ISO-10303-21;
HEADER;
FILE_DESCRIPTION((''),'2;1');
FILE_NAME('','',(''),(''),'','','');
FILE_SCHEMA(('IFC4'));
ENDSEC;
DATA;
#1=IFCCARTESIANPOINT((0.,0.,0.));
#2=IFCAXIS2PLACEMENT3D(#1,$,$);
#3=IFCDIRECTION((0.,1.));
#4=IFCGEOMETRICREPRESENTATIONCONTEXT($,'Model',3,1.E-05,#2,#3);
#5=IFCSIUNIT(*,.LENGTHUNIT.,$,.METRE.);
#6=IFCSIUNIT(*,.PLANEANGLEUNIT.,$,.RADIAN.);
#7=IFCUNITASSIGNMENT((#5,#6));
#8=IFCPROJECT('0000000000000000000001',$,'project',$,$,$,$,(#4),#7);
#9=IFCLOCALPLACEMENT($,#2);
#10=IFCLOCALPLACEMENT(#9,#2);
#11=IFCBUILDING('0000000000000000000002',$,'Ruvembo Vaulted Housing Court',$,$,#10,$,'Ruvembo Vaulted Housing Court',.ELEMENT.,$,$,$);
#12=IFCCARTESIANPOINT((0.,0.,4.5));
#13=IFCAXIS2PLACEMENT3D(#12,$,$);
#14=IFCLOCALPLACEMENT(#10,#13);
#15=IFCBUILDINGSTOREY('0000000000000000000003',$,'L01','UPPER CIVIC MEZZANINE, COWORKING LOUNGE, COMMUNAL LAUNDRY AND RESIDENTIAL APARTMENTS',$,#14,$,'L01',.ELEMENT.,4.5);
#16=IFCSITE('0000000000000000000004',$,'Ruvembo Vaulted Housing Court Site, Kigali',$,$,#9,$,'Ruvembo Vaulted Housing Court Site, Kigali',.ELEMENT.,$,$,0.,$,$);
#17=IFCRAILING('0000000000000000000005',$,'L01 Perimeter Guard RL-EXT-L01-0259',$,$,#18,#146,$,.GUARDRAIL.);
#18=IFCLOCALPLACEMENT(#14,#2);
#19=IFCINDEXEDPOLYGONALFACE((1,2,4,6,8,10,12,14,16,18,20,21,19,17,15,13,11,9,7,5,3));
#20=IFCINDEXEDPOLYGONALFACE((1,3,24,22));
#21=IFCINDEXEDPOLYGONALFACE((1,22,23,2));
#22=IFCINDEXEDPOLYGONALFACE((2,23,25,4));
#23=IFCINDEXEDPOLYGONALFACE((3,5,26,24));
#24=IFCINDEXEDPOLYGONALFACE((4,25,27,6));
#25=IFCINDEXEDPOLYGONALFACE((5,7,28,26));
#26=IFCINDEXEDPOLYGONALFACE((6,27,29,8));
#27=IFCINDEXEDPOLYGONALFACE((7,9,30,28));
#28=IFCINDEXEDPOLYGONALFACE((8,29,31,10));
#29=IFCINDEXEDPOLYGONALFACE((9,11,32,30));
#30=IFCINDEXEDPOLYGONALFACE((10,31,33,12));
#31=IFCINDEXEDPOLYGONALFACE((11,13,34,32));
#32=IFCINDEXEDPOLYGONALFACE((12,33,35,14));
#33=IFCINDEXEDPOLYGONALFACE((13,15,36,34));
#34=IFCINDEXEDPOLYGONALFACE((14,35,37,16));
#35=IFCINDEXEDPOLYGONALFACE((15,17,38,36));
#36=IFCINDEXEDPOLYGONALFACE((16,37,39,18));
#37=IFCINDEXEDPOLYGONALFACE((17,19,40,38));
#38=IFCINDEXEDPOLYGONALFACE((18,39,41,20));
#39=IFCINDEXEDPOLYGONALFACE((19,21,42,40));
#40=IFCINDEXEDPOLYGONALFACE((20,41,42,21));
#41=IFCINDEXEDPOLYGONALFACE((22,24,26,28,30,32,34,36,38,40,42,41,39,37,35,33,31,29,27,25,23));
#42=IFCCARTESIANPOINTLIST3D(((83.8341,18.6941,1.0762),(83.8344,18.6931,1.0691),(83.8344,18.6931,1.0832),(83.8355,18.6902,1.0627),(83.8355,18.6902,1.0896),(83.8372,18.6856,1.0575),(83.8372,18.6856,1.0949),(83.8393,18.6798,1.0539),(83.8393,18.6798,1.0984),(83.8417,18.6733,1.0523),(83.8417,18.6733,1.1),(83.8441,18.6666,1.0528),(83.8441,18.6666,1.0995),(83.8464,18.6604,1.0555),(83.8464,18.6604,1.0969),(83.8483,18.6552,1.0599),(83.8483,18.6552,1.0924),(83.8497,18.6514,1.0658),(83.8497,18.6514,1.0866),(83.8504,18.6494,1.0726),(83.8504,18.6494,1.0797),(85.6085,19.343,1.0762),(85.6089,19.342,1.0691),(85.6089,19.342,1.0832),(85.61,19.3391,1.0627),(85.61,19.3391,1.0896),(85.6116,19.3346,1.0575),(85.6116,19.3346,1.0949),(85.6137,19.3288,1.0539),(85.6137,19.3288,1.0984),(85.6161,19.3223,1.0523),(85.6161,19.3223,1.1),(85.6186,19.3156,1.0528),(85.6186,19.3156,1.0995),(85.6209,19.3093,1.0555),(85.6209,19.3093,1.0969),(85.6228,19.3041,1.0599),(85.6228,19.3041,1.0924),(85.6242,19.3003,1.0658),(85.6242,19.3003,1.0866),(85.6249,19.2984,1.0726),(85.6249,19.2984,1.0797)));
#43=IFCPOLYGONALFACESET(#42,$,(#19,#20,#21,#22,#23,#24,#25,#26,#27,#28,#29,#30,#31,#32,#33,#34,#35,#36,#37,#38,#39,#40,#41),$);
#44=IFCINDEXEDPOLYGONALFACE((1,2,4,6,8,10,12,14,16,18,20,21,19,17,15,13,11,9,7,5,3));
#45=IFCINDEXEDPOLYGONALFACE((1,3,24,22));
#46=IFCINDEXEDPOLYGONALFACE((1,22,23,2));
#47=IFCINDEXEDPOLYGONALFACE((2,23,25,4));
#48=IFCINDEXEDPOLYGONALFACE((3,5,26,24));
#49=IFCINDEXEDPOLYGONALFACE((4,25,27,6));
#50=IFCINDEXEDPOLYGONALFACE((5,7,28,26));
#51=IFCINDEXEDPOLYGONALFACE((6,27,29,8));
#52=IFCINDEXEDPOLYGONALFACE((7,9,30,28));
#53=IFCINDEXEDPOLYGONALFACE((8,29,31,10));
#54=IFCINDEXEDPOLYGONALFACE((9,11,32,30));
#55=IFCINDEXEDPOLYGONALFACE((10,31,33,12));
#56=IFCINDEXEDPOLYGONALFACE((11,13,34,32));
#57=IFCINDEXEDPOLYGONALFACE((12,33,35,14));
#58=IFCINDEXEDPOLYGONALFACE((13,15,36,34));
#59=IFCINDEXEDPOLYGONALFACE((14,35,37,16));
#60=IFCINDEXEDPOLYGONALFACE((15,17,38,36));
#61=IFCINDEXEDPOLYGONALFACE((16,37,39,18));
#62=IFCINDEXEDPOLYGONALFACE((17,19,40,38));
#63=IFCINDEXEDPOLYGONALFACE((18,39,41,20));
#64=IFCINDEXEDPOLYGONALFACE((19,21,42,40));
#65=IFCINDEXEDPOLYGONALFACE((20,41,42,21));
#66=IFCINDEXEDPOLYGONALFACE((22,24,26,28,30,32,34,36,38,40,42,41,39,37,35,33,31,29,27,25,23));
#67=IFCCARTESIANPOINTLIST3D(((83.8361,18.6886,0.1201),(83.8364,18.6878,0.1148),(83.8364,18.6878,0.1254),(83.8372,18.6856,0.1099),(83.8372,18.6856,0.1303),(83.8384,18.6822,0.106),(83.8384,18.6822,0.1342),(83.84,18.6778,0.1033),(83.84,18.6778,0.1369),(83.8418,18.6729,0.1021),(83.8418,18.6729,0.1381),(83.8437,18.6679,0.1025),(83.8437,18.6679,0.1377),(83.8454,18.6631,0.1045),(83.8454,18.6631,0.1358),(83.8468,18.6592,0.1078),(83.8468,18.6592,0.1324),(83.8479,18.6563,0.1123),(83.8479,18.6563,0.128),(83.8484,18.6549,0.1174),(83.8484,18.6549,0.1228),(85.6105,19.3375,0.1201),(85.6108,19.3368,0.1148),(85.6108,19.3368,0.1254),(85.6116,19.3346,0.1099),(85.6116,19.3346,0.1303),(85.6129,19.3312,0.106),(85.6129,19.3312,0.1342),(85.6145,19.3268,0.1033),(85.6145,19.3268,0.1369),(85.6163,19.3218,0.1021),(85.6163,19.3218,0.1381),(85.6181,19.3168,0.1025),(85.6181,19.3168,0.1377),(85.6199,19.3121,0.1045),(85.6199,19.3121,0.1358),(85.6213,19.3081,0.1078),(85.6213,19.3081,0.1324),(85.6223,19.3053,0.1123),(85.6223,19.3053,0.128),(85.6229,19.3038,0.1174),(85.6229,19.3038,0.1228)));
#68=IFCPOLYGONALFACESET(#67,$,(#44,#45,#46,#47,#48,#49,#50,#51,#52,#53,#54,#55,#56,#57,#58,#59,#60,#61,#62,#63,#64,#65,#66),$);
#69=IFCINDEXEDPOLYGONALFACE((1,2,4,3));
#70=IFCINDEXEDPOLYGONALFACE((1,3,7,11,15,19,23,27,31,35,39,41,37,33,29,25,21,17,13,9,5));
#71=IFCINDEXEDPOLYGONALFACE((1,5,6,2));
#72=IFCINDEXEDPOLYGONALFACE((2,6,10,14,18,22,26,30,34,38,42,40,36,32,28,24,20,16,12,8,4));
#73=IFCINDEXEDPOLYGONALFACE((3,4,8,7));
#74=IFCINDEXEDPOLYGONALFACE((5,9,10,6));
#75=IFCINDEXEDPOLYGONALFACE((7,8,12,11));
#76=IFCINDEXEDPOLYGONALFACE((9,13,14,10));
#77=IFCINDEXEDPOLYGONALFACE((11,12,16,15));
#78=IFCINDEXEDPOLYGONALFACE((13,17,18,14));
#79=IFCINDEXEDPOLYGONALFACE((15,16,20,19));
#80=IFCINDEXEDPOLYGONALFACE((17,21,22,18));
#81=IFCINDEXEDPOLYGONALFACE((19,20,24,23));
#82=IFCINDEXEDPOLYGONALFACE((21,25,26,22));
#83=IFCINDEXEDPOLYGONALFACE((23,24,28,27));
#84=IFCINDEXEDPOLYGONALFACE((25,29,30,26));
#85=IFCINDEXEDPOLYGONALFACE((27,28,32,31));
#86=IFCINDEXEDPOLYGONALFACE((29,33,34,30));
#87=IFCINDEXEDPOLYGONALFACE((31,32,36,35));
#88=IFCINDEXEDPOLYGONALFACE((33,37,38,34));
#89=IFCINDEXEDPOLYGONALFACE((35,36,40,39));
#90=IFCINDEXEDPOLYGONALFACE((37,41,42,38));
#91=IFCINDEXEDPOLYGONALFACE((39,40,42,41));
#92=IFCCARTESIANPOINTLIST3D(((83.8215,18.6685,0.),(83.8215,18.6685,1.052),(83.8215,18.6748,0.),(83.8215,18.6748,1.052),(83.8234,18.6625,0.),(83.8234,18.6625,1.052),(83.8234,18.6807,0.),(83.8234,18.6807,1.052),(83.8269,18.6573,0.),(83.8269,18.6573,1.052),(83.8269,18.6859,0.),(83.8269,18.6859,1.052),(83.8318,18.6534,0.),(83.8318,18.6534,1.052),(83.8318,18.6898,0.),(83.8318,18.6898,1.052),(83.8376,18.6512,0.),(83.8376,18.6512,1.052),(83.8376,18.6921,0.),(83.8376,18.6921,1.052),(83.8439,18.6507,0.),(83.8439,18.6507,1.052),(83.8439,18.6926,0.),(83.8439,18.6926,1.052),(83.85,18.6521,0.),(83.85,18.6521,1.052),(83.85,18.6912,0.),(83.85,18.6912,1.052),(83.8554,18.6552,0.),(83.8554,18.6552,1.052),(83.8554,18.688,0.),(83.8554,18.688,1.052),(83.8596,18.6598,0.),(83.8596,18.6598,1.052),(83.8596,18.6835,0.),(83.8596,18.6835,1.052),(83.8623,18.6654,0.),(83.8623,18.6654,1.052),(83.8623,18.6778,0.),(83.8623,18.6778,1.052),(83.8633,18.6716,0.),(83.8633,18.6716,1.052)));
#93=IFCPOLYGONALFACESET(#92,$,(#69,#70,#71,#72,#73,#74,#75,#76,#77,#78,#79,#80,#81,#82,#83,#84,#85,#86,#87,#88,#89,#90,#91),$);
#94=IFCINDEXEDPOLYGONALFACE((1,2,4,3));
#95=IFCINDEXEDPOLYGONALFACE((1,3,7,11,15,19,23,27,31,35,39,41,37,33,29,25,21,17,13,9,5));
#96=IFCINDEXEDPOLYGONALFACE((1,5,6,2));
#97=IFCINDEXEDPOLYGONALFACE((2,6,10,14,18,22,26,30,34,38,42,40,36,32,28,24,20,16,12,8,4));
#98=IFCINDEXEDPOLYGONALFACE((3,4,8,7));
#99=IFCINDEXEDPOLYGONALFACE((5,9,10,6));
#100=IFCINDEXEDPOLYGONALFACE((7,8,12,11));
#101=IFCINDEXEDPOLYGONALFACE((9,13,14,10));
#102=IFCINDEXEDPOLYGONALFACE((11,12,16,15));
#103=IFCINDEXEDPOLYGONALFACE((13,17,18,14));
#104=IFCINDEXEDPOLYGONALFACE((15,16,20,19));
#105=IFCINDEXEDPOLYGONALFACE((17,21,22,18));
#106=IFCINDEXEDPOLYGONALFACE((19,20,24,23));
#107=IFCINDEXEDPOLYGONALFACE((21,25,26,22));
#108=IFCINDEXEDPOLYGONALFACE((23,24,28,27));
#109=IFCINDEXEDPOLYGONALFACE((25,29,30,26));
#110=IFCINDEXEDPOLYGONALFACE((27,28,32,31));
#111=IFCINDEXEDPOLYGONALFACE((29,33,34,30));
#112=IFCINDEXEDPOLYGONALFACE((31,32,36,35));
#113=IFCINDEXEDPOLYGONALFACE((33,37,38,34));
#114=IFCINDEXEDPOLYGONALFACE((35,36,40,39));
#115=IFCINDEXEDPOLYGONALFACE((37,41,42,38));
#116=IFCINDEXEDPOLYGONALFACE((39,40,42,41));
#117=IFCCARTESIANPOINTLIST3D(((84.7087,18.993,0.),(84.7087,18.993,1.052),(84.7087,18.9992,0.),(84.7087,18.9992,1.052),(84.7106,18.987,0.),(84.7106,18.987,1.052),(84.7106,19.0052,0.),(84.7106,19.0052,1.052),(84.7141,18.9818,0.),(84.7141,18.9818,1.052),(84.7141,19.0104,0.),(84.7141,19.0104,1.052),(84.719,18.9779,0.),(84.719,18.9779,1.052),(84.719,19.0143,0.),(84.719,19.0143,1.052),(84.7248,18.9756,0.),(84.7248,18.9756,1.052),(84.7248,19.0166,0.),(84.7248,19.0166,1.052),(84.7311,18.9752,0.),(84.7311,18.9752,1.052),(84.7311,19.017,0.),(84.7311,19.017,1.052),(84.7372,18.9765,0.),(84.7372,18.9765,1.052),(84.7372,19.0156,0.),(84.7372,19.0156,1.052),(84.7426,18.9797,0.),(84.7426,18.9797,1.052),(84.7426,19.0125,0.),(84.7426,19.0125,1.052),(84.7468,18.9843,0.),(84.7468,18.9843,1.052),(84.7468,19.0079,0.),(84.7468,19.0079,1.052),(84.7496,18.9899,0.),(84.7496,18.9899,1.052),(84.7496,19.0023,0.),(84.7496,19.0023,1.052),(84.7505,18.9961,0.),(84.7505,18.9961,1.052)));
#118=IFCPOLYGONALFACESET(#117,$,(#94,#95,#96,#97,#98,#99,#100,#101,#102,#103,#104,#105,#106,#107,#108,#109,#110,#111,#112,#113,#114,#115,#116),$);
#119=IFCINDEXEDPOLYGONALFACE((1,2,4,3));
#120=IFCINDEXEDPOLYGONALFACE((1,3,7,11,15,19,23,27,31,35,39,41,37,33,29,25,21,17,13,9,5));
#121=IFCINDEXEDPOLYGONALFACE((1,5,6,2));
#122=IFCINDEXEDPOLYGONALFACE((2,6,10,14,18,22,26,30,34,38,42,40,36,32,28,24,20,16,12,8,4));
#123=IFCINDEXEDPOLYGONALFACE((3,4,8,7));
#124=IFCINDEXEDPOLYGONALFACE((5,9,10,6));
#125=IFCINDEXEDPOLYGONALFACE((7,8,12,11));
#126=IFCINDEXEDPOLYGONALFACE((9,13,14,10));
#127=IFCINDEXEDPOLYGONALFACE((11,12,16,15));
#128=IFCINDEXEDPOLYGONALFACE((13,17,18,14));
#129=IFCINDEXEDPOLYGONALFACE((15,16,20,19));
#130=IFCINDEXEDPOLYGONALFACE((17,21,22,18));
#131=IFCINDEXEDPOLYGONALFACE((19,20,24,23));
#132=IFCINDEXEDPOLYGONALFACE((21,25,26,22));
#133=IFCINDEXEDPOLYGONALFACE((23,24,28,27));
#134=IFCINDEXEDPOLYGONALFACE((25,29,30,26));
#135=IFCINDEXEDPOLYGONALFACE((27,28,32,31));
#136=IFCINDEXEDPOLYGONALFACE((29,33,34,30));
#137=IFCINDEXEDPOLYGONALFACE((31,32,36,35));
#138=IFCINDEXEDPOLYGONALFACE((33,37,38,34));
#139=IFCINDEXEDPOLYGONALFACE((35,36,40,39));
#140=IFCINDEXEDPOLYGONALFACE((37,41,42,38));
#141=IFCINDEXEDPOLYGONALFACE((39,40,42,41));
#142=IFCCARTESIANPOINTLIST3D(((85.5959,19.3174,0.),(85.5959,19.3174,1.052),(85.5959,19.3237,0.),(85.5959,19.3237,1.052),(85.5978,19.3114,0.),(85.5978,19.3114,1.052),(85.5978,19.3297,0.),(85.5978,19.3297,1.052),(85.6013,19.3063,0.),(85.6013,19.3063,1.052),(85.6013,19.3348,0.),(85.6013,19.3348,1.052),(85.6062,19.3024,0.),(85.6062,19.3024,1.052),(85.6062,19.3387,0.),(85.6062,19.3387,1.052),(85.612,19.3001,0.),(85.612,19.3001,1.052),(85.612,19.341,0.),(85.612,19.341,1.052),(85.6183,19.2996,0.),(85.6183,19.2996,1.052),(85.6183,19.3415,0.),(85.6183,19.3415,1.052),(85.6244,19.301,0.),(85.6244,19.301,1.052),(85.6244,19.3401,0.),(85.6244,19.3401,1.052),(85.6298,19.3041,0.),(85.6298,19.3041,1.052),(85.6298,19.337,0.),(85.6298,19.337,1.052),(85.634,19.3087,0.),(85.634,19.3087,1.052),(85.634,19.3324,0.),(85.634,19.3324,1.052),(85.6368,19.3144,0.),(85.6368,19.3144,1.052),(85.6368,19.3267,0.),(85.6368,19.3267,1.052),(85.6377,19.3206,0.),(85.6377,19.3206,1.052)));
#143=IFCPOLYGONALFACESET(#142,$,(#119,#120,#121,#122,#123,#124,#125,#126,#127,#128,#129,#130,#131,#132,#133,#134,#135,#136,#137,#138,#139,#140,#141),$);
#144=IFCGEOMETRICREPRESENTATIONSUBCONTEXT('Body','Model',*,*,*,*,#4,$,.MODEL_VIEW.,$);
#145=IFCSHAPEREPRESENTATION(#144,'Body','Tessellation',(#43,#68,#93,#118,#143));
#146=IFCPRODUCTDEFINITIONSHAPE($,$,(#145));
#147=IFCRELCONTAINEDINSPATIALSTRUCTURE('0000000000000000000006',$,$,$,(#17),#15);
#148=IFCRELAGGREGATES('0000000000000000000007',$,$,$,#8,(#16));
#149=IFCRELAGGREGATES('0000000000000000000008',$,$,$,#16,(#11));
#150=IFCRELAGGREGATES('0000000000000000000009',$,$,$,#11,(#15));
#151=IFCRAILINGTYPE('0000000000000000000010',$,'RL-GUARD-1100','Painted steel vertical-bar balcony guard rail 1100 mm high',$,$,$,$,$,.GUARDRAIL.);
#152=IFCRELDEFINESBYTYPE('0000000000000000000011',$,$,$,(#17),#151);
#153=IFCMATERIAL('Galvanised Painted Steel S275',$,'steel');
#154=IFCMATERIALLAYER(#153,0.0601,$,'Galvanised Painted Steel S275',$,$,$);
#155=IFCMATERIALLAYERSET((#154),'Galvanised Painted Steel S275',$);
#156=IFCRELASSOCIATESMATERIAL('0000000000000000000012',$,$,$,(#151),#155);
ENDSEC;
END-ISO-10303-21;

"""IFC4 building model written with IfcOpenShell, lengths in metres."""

from ifc_helpers import new_model, si_unit, direction, frame, origin, origin_2d, place, context, subcontext, project, spatial, circle, extrude, material, layer, layer_set, type_object, element, save


model = new_model("IFC4")

# Units and contexts
model_context = context("Model", 3, precision=1e-05, world=origin(), true_north=direction((0.0, 1.0)))
body_context = subcontext(model_context, "Body", "Model", "MODEL_VIEW")
ifc_project = project(units=[si_unit("LENGTHUNIT", "METRE"), si_unit("PLANEANGLEUNIT", "RADIAN")], contexts=[model_context])

# Site, building, storey
site_placement = place(None, origin())
site = spatial("IfcSite", under=ifc_project, at=site_placement, Name="Ruvembo Vaulted Housing Court Site, Kigali", LongName="Ruvembo Vaulted Housing Court Site, Kigali", CompositionType="ELEMENT", RefElevation=0.0)
building_placement = place(site_placement, origin())
building = spatial("IfcBuilding", under=site, at=building_placement, Name="Ruvembo Vaulted Housing Court", LongName="Ruvembo Vaulted Housing Court", CompositionType="ELEMENT")
storey_placement = place(building_placement, frame((0.0, 0.0, 4.5)))
storey = spatial("IfcBuildingStorey", under=building, at=storey_placement, Name="L01", Description="UPPER CIVIC MEZZANINE, COWORKING LOUNGE, COMMUNAL LAUNDRY AND RESIDENTIAL APARTMENTS", LongName="L01", CompositionType="ELEMENT", Elevation=4.5)

# Railing
ifc_material_1 = material(Name="Galvanised Painted Steel S275", Category="steel")
ifc_layer = layer(ifc_material_1, 0.0601, Name="Galvanised Painted Steel S275")
ifc_layer_set = layer_set([ifc_layer], Name="Galvanised Painted Steel S275")
railing_type = type_object("IfcRailingType", Name="RL-GUARD-1100", Description="Painted steel vertical-bar balcony guard rail 1100 mm high", PredefinedType="GUARDRAIL", material=ifc_layer_set)
railing_1_placement = place(storey_placement, frame((83.8423, 18.6716, 0.0)))
element("IfcRailing", 1, at=railing_1_placement, inside=storey, type_object=railing_type, Name="L01 Perimeter Guard RL-EXT-L01-0259", PredefinedType="GUARDRAIL", context=body_context, shape_type="SweptSolid", body=[
    extrude(circle(Radius=0.0239, at=origin_2d()), frame((0.0, 0.0, 1.0762), z_axis=(0.939166, 0.343465, 0.0), x_axis=(-0.343465, 0.939166, 0.0)), (0.0, 0.0, 1.0), 1.8894),
    extrude(circle(Radius=0.0181, at=origin_2d()), frame((0.0, 0.0, 0.1201), z_axis=(0.939166, 0.343465, 0.0), x_axis=(-0.343465, 0.939166, 0.0)), (0.0, 0.0, 1.0), 1.8894),
    extrude(circle(Radius=0.021, at=origin_2d()), origin(), (0.0, 0.0, 1.0), 1.052),
    extrude(circle(Radius=0.021, at=origin_2d()), frame((0.8872, 0.3245, 0.0)), (0.0, 0.0, 1.0), 1.052),
    extrude(circle(Radius=0.021, at=origin_2d()), frame((1.7744, 0.6489, 0.0)), (0.0, 0.0, 1.0), 1.052),
])

save(model, "model.ifc")
